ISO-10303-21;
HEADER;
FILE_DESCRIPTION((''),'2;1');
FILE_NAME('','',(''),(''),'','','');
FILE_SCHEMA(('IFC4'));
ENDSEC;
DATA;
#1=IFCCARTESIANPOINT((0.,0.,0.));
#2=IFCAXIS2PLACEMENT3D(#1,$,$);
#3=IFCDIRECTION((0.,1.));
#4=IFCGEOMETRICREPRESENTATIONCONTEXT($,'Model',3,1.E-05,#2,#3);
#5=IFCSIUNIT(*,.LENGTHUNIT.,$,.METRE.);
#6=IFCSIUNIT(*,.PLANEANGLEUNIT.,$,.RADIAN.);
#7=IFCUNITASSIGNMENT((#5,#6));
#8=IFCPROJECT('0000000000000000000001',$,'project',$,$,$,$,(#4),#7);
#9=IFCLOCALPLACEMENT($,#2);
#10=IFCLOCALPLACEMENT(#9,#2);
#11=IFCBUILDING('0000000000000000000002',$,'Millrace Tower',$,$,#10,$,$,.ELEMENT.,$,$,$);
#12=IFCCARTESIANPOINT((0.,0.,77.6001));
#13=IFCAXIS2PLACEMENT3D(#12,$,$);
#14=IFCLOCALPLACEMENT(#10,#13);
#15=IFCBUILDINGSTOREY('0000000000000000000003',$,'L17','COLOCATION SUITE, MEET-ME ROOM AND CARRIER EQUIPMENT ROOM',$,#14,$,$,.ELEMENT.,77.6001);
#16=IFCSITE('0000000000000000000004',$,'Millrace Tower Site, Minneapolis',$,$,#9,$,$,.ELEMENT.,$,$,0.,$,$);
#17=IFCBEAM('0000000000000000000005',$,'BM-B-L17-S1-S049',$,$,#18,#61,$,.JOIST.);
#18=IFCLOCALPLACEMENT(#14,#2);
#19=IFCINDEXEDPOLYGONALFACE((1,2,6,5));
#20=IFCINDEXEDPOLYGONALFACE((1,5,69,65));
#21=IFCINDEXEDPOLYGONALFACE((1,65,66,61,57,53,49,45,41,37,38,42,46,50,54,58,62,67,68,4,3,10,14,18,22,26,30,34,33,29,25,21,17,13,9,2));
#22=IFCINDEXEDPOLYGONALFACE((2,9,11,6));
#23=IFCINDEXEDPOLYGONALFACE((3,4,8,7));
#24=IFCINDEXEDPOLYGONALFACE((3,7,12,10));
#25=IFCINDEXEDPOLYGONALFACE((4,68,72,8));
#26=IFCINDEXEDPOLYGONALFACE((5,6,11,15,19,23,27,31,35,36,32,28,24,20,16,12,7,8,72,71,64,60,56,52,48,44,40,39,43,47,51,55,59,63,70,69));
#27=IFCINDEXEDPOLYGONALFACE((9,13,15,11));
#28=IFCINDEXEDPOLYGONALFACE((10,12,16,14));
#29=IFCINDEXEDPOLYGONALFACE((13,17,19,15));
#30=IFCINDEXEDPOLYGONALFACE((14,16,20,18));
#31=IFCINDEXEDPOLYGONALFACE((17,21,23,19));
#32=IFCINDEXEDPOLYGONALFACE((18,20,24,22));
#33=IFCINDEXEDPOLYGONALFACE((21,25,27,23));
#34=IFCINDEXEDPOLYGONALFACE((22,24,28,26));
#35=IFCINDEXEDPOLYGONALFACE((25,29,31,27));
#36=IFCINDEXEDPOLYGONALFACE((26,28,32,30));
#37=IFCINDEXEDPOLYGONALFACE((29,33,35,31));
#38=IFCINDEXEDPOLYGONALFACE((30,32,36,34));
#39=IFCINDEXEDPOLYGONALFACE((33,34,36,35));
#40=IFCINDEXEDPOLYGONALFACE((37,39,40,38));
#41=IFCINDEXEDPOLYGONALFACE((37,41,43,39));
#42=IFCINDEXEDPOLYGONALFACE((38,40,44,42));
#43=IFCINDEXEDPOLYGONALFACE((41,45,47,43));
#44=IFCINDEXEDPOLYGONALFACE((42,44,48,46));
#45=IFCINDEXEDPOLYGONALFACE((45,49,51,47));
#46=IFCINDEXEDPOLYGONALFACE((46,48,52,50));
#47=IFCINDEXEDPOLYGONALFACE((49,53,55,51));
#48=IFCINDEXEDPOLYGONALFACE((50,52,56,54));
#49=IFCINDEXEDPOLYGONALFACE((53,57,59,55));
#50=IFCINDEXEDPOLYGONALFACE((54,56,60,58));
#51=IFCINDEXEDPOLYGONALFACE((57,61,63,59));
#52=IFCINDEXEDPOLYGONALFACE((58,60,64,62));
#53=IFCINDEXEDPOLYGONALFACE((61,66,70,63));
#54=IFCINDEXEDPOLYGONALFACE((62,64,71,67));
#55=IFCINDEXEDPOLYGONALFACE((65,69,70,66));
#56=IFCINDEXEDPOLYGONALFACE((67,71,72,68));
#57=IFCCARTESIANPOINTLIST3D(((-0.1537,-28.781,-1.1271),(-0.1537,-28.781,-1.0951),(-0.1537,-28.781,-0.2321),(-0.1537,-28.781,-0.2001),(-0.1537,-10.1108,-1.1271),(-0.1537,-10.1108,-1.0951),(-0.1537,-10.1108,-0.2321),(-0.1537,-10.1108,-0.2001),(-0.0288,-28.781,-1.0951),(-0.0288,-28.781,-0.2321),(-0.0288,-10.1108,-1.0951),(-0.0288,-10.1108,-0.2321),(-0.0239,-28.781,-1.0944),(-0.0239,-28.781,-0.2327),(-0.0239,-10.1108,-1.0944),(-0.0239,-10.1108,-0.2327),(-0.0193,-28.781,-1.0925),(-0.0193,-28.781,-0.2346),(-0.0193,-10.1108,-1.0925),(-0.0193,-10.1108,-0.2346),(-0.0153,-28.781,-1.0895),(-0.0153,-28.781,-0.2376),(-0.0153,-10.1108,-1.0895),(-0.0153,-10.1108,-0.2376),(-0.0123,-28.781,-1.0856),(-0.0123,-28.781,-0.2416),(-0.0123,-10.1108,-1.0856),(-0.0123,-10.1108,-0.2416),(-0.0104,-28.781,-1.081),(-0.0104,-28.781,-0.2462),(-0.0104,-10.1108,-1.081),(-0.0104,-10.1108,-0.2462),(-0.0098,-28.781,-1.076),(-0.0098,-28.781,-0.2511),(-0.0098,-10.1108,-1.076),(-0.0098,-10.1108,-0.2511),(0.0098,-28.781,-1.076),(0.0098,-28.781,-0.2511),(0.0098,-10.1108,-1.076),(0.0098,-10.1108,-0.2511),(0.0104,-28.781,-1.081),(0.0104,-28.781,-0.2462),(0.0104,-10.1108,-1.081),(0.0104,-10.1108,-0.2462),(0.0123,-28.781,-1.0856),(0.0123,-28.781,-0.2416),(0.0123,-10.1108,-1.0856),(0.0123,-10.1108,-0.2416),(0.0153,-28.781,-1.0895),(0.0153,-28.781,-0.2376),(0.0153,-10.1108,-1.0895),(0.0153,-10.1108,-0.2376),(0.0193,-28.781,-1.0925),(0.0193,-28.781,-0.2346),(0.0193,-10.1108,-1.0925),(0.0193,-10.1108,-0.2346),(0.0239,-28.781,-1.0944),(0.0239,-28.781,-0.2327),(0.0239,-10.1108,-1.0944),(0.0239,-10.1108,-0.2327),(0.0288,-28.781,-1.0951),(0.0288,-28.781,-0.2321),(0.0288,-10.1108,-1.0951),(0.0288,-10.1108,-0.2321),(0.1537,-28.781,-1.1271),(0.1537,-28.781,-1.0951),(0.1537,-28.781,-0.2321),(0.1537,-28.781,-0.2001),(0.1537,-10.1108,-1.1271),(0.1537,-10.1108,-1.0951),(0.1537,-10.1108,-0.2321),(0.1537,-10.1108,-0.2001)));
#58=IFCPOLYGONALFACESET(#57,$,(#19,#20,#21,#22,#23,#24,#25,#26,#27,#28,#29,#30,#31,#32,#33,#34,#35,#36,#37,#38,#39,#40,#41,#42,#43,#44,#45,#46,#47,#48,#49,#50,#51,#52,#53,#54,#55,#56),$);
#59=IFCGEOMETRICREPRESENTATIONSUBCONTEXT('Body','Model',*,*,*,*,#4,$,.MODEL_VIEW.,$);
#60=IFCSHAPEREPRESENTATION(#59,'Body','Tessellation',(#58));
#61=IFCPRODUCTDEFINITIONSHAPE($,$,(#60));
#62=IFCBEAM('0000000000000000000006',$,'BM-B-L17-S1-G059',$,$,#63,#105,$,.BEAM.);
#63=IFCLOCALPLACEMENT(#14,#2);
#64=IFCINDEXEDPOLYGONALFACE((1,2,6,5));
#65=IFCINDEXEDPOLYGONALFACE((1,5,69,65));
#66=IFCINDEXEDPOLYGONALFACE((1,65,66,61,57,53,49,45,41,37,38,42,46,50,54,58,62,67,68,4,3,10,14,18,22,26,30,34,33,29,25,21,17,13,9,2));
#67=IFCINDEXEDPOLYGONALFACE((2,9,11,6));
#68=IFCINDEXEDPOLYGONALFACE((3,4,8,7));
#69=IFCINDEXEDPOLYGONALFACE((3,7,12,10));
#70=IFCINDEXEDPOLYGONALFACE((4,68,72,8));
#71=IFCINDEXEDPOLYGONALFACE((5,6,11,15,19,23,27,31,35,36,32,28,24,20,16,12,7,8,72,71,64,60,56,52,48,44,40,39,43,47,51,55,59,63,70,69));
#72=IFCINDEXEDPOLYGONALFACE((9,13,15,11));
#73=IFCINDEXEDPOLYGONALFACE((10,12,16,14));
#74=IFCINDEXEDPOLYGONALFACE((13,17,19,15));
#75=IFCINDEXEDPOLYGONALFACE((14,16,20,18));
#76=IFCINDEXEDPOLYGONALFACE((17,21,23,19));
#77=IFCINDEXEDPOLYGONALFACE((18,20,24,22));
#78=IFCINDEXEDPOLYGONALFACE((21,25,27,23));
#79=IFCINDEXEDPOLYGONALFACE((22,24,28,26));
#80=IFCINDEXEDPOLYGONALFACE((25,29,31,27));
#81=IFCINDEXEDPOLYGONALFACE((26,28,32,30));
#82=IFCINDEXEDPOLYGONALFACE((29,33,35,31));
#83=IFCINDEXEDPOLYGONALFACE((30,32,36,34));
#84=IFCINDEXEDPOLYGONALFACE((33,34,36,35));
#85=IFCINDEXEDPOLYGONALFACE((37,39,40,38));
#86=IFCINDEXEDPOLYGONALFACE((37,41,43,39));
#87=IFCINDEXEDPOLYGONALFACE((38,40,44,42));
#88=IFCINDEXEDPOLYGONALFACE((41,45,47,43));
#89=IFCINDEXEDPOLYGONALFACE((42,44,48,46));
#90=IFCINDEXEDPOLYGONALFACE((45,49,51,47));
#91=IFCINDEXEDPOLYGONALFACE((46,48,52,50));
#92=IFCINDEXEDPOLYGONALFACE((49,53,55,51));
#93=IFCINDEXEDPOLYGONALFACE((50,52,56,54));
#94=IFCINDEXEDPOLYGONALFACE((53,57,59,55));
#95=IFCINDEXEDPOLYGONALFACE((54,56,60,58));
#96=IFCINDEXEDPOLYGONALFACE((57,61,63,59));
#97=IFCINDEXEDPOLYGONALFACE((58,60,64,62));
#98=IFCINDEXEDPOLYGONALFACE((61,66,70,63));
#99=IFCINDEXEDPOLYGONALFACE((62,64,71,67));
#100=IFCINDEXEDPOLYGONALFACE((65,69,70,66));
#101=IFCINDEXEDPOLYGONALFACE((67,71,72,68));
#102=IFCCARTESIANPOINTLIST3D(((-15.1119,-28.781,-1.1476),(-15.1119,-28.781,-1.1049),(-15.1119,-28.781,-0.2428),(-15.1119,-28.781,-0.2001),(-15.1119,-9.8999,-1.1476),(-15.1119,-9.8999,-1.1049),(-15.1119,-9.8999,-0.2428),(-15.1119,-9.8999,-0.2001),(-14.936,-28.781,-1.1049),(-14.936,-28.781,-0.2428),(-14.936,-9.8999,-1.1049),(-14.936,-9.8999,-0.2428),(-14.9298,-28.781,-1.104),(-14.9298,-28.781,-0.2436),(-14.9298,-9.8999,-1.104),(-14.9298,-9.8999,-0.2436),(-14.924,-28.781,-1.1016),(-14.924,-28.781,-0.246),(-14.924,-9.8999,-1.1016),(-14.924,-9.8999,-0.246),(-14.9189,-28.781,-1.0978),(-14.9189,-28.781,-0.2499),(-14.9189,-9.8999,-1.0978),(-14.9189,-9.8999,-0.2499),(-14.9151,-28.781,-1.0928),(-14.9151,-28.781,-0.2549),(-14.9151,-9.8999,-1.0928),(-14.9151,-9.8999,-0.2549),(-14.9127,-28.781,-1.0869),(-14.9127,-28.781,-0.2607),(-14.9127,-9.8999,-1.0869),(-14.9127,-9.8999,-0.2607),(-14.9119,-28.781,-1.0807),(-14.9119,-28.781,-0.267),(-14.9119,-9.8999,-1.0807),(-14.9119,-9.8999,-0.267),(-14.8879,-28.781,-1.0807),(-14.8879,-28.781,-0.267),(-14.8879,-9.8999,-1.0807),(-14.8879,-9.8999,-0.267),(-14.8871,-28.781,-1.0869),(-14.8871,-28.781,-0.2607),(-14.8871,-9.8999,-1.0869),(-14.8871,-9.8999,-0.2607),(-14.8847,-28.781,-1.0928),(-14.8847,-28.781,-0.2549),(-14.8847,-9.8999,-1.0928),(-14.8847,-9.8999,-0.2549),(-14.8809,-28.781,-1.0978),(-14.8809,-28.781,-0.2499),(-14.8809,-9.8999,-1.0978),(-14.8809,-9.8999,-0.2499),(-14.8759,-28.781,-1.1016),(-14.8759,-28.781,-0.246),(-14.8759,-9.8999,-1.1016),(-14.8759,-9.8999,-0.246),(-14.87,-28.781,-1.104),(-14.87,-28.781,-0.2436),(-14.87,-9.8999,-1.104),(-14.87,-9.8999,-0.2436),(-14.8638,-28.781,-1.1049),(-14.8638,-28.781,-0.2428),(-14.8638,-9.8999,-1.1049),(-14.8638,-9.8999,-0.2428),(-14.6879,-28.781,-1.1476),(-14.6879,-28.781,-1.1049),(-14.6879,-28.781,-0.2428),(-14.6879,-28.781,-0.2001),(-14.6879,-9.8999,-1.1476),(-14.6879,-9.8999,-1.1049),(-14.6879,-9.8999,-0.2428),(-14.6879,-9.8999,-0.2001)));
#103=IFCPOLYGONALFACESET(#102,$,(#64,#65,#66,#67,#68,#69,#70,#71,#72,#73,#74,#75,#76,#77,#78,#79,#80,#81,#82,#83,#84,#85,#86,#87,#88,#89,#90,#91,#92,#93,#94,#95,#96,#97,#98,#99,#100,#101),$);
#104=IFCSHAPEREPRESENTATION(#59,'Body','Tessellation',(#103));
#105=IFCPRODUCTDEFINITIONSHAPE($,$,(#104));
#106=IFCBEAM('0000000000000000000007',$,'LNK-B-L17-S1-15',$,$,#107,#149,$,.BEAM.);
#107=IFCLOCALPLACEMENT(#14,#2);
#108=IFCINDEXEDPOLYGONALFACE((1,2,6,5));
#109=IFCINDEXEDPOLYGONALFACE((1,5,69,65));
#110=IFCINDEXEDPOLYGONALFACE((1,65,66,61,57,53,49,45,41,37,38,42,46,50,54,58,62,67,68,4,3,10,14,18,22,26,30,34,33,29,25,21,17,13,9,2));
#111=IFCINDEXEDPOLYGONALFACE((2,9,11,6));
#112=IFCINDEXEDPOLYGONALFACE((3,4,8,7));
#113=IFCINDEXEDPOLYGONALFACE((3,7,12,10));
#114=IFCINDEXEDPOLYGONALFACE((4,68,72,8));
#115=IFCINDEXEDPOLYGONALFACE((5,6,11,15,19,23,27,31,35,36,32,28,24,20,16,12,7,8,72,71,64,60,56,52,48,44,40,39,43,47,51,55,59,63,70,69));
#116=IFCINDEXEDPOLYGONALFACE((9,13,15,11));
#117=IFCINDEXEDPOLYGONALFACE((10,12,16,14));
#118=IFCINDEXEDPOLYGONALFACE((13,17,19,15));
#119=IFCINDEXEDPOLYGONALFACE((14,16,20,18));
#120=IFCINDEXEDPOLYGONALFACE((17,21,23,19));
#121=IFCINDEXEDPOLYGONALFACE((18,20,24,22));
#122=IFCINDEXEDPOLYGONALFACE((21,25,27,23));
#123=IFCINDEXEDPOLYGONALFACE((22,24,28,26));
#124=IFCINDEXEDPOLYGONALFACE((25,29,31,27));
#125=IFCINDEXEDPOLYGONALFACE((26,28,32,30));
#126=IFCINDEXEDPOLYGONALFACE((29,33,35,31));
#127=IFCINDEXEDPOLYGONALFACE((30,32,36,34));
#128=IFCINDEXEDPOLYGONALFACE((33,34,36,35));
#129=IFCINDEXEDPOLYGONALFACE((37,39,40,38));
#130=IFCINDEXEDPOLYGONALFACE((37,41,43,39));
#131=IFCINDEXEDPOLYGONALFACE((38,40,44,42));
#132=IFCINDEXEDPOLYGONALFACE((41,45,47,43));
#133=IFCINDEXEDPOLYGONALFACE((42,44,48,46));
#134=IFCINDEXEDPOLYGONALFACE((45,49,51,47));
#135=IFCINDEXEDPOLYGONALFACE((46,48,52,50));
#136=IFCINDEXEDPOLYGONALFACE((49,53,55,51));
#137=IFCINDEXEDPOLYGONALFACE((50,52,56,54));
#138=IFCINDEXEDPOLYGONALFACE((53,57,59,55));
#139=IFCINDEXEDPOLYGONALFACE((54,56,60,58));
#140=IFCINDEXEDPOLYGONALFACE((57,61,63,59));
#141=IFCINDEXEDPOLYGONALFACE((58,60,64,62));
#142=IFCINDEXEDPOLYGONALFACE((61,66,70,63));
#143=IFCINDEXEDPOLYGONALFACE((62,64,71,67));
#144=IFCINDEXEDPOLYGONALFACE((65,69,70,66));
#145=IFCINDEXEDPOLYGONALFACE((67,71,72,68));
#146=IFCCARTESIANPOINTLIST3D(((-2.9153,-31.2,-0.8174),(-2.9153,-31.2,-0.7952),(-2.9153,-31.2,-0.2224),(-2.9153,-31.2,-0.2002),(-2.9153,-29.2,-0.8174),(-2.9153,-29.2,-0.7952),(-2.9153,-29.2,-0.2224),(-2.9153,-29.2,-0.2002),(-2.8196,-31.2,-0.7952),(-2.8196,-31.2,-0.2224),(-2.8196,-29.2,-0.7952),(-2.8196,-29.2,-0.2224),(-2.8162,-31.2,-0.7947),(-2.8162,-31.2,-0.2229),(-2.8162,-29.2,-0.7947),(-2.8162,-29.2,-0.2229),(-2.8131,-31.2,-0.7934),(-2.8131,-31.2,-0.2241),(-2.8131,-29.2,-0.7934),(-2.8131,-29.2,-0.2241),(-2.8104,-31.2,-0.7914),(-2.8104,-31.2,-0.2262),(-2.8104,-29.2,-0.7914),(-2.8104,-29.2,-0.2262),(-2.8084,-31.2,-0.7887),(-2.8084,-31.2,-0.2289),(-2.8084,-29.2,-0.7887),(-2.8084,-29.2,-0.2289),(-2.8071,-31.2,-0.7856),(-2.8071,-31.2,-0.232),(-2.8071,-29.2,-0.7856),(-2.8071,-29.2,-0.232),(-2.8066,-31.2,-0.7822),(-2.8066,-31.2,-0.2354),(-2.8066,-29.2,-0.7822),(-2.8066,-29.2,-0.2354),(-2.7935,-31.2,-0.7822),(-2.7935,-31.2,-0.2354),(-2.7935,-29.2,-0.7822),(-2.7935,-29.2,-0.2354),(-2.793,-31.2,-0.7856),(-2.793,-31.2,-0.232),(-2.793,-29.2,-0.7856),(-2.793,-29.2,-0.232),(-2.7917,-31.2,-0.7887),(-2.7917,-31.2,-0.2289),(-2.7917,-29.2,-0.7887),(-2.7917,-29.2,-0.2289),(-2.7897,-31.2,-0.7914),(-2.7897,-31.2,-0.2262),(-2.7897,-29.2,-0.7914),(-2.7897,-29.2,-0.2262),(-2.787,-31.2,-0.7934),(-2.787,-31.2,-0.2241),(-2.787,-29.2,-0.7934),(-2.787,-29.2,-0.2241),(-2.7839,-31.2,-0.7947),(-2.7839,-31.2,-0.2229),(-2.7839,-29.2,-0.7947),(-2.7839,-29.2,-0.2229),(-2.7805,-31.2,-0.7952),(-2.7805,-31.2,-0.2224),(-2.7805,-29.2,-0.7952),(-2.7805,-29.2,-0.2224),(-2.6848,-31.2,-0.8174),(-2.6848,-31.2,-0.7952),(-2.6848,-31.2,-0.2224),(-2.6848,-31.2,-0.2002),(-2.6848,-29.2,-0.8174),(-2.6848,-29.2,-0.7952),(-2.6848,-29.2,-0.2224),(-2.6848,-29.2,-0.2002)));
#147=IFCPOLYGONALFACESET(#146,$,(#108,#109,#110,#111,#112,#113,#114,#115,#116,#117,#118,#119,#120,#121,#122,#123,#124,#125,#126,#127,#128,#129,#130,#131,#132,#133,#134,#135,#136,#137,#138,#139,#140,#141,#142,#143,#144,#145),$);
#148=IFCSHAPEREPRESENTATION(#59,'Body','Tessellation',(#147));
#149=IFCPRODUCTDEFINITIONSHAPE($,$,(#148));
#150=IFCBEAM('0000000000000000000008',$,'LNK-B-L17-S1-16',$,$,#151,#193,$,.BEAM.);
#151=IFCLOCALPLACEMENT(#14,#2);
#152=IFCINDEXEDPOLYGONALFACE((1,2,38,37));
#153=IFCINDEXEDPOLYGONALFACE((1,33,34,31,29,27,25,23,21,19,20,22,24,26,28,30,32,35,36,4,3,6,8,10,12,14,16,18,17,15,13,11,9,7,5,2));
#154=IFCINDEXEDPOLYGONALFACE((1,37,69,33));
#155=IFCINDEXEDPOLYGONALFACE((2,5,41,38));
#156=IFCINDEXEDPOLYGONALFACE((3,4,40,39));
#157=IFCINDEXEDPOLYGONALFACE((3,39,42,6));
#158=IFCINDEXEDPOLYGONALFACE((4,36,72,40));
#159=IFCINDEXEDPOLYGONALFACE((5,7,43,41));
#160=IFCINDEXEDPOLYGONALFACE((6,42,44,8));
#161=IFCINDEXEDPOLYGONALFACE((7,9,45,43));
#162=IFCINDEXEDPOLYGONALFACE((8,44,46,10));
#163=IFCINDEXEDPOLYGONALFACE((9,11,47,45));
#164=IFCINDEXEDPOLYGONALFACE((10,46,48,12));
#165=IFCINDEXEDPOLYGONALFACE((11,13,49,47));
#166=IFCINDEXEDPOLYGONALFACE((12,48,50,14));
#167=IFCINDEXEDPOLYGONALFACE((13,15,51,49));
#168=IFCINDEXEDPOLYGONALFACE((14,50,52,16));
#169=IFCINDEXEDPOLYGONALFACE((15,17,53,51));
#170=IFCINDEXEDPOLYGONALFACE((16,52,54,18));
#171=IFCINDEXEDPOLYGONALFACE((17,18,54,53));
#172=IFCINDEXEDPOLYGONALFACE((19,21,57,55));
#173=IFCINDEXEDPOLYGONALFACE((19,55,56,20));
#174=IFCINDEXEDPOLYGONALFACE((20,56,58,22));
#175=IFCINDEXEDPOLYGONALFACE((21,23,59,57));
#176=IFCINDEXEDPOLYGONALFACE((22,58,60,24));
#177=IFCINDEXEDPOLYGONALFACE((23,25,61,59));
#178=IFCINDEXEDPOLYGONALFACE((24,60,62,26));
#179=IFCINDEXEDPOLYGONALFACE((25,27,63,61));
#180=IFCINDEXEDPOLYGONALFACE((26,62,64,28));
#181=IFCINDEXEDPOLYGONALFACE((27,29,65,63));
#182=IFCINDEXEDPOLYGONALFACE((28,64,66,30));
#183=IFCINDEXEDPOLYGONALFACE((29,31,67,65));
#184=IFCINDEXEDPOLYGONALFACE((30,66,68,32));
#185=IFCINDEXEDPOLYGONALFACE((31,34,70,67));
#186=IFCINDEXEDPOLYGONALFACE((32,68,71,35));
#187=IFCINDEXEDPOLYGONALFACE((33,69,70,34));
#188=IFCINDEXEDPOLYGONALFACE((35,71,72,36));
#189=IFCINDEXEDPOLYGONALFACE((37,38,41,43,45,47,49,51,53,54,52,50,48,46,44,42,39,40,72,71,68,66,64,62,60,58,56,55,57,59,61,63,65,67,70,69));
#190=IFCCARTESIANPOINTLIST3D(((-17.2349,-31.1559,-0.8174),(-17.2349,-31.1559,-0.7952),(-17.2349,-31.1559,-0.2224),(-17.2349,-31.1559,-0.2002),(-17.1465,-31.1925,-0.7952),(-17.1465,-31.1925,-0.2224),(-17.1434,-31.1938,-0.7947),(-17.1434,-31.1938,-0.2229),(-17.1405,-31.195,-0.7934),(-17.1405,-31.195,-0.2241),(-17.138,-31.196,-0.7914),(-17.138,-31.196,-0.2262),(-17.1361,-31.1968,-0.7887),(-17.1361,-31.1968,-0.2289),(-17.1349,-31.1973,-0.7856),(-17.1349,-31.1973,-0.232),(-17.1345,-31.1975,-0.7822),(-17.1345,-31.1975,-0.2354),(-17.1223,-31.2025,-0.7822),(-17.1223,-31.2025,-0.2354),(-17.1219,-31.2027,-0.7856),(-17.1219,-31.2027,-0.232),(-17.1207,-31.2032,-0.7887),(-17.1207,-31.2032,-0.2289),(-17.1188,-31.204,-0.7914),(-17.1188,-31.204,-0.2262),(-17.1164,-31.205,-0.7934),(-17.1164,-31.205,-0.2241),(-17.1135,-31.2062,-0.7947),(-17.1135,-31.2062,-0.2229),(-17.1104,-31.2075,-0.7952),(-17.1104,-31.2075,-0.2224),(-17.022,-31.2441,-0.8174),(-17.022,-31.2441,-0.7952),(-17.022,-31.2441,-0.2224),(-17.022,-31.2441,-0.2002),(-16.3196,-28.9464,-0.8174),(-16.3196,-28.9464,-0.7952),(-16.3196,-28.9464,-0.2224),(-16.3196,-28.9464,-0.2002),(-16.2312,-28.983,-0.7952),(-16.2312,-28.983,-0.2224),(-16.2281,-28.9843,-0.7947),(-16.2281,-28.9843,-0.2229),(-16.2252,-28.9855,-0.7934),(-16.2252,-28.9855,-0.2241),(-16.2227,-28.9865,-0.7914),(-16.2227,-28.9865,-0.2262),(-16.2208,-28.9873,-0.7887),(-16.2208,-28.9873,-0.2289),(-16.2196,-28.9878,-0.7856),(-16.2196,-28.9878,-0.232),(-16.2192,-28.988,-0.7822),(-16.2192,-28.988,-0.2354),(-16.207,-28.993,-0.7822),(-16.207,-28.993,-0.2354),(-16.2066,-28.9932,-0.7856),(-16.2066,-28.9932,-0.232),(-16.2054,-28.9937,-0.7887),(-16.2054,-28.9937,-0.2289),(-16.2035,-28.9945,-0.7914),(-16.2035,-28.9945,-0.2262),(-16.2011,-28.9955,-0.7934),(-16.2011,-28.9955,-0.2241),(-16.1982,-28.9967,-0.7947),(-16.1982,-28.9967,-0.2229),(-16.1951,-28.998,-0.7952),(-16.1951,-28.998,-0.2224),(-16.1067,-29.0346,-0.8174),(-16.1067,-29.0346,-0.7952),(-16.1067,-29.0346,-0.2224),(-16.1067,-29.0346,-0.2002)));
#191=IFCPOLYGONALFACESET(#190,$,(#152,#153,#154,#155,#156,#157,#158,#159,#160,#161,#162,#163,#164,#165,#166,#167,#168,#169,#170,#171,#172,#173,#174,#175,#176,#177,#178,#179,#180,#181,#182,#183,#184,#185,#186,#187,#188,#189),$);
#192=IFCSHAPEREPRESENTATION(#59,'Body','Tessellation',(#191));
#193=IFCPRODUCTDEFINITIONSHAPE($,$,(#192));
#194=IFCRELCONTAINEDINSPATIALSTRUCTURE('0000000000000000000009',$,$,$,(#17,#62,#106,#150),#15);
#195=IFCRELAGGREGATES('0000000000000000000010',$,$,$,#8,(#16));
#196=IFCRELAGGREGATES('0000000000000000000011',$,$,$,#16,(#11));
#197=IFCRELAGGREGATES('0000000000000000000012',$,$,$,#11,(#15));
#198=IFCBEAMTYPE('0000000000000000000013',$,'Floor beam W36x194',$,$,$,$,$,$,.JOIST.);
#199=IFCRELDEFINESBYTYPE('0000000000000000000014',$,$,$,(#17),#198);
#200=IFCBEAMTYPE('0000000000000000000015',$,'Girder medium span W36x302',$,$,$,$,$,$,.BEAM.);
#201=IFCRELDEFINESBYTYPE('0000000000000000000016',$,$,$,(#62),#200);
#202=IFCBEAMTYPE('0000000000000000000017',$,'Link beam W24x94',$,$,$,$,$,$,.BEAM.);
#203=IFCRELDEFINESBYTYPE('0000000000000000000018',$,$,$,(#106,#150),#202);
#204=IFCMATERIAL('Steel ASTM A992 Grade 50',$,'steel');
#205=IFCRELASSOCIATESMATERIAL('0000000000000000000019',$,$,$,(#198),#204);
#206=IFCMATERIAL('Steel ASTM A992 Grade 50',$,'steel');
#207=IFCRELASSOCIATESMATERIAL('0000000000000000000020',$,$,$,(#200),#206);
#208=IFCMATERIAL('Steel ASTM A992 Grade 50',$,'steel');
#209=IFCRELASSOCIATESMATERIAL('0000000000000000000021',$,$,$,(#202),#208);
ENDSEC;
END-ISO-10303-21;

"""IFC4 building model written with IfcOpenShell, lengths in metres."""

from ifc_helpers import new_model, si_unit, direction, frame, origin, origin_2d, place, context, subcontext, project, spatial, i_section, extrude, material, material_profile, profile_set, type_object, element, save


model = new_model("IFC4")

# Units and contexts
model_context = context("Model", 3, precision=1e-05, world=origin(), true_north=direction((0.0, 1.0)))
body_context = subcontext(model_context, "Body", "Model", "MODEL_VIEW")
ifc_project = project(units=[si_unit("LENGTHUNIT", "METRE"), si_unit("PLANEANGLEUNIT", "RADIAN")], contexts=[model_context])

# Site, building, storey
site_placement = place(None, origin())
site = spatial("IfcSite", under=ifc_project, at=site_placement, Name="Millrace Tower Site, Minneapolis", CompositionType="ELEMENT", RefElevation=0.0)
building_placement = place(site_placement, origin())
building = spatial("IfcBuilding", under=site, at=building_placement, Name="Millrace Tower", CompositionType="ELEMENT")
storey_placement = place(building_placement, frame((0.0, 0.0, 77.6001)))
storey = spatial("IfcBuildingStorey", under=building, at=storey_placement, Name="L17", Description="COLOCATION SUITE, MEET-ME ROOM AND CARRIER EQUIPMENT ROOM", CompositionType="ELEMENT", Elevation=77.6001)

# Beams
ifc_material_1 = material(Name="Steel ASTM A992 Grade 50", Category="steel")
ifc_material_profile_1 = material_profile(ifc_material_1, i_section(OverallWidth=0.3074, OverallDepth=0.927, WebThickness=0.0195, FlangeThickness=0.032, FilletRadius=0.019, at=origin_2d()))
ifc_profile_set_1 = profile_set([ifc_material_profile_1], Name="Steel ASTM A992 Grade 50")
beam_type_1 = type_object("IfcBeamType", Name="Floor beam W36x194", PredefinedType="JOIST", material=ifc_profile_set_1)
for number, where, z_axis, x_axis, name in (
    (1, (0.0, -28.781, -0.6636), (0.0, 1.0, 0.0), (-1.0, 0.0, 0.0), "BM-B-L17-S1-S049"),
):
    element("IfcBeam", number, at=place(storey_placement, frame(where, z_axis=z_axis, x_axis=x_axis)), inside=storey, type_object=beam_type_1, Name=name, PredefinedType="JOIST", context=body_context, shape_type="SweptSolid", body=[
        extrude(i_section(OverallWidth=0.3074, OverallDepth=0.927, WebThickness=0.0195, FlangeThickness=0.032, FilletRadius=0.019, at=origin_2d()), origin(), (0.0, 0.0, 1.0), 18.6702),
    ])
ifc_material_2 = material(Name="Steel ASTM A992 Grade 50", Category="steel")
ifc_material_profile_2 = material_profile(ifc_material_2, i_section(OverallWidth=0.4241, OverallDepth=0.9475, WebThickness=0.0239, FlangeThickness=0.0427, FilletRadius=0.0242, at=origin_2d()))
ifc_profile_set_2 = profile_set([ifc_material_profile_2], Name="Steel ASTM A992 Grade 50")
beam_type_2 = type_object("IfcBeamType", Name="Girder medium span W36x302", PredefinedType="BEAM", material=ifc_profile_set_2)
beam_1_placement = place(storey_placement, frame((-14.8999, -28.781, -0.6738), z_axis=(0.0, 1.0, 0.0), x_axis=(-1.0, 0.0, 0.0)))
element("IfcBeam", 2, at=beam_1_placement, inside=storey, type_object=beam_type_2, Name="BM-B-L17-S1-G059", PredefinedType="BEAM", context=body_context, shape_type="SweptSolid", body=[
    extrude(i_section(OverallWidth=0.4241, OverallDepth=0.9475, WebThickness=0.0239, FlangeThickness=0.0427, FilletRadius=0.0242, at=origin_2d()), origin(), (0.0, 0.0, 1.0), 18.8811),
])
ifc_material_3 = material(Name="Steel ASTM A992 Grade 50", Category="steel")
ifc_material_profile_3 = material_profile(ifc_material_3, i_section(OverallWidth=0.2305, OverallDepth=0.6172, WebThickness=0.0132, FlangeThickness=0.0222, FilletRadius=0.0129, at=origin_2d()))
ifc_profile_set_3 = profile_set([ifc_material_profile_3], Name="Steel ASTM A992 Grade 50")
beam_type_3 = type_object("IfcBeamType", Name="Link beam W24x94", PredefinedType="BEAM", material=ifc_profile_set_3)
beam_2_placement = place(storey_placement, frame((-2.8, -29.2, -0.5088), z_axis=(0.0, -1.0, 0.0), x_axis=(1.0, 0.0, 0.0)))
element("IfcBeam", 3, at=beam_2_placement, inside=storey, type_object=beam_type_3, Name="LNK-B-L17-S1-15", PredefinedType="BEAM", context=body_context, shape_type="SweptSolid", body=[
    extrude(i_section(OverallWidth=0.2305, OverallDepth=0.6172, WebThickness=0.0132, FlangeThickness=0.0222, FilletRadius=0.0129, at=origin_2d()), origin(), (0.0, 0.0, 1.0), 2.0),
])
beam_3_placement = place(storey_placement, frame((-16.2131, -28.9905, -0.5088), z_axis=(-0.382715, -0.923866, 0.0), x_axis=(0.923866, -0.382715, 0.0)))
element("IfcBeam", 4, at=beam_3_placement, inside=storey, type_object=beam_type_3, Name="LNK-B-L17-S1-16", PredefinedType="BEAM", context=body_context, shape_type="SweptSolid", body=[
    extrude(i_section(OverallWidth=0.2305, OverallDepth=0.6172, WebThickness=0.0132, FlangeThickness=0.0222, FilletRadius=0.0129, at=origin_2d()), origin(), (0.0, 0.0, 1.0), 2.3916),
])

save(model, "model.ifc")
